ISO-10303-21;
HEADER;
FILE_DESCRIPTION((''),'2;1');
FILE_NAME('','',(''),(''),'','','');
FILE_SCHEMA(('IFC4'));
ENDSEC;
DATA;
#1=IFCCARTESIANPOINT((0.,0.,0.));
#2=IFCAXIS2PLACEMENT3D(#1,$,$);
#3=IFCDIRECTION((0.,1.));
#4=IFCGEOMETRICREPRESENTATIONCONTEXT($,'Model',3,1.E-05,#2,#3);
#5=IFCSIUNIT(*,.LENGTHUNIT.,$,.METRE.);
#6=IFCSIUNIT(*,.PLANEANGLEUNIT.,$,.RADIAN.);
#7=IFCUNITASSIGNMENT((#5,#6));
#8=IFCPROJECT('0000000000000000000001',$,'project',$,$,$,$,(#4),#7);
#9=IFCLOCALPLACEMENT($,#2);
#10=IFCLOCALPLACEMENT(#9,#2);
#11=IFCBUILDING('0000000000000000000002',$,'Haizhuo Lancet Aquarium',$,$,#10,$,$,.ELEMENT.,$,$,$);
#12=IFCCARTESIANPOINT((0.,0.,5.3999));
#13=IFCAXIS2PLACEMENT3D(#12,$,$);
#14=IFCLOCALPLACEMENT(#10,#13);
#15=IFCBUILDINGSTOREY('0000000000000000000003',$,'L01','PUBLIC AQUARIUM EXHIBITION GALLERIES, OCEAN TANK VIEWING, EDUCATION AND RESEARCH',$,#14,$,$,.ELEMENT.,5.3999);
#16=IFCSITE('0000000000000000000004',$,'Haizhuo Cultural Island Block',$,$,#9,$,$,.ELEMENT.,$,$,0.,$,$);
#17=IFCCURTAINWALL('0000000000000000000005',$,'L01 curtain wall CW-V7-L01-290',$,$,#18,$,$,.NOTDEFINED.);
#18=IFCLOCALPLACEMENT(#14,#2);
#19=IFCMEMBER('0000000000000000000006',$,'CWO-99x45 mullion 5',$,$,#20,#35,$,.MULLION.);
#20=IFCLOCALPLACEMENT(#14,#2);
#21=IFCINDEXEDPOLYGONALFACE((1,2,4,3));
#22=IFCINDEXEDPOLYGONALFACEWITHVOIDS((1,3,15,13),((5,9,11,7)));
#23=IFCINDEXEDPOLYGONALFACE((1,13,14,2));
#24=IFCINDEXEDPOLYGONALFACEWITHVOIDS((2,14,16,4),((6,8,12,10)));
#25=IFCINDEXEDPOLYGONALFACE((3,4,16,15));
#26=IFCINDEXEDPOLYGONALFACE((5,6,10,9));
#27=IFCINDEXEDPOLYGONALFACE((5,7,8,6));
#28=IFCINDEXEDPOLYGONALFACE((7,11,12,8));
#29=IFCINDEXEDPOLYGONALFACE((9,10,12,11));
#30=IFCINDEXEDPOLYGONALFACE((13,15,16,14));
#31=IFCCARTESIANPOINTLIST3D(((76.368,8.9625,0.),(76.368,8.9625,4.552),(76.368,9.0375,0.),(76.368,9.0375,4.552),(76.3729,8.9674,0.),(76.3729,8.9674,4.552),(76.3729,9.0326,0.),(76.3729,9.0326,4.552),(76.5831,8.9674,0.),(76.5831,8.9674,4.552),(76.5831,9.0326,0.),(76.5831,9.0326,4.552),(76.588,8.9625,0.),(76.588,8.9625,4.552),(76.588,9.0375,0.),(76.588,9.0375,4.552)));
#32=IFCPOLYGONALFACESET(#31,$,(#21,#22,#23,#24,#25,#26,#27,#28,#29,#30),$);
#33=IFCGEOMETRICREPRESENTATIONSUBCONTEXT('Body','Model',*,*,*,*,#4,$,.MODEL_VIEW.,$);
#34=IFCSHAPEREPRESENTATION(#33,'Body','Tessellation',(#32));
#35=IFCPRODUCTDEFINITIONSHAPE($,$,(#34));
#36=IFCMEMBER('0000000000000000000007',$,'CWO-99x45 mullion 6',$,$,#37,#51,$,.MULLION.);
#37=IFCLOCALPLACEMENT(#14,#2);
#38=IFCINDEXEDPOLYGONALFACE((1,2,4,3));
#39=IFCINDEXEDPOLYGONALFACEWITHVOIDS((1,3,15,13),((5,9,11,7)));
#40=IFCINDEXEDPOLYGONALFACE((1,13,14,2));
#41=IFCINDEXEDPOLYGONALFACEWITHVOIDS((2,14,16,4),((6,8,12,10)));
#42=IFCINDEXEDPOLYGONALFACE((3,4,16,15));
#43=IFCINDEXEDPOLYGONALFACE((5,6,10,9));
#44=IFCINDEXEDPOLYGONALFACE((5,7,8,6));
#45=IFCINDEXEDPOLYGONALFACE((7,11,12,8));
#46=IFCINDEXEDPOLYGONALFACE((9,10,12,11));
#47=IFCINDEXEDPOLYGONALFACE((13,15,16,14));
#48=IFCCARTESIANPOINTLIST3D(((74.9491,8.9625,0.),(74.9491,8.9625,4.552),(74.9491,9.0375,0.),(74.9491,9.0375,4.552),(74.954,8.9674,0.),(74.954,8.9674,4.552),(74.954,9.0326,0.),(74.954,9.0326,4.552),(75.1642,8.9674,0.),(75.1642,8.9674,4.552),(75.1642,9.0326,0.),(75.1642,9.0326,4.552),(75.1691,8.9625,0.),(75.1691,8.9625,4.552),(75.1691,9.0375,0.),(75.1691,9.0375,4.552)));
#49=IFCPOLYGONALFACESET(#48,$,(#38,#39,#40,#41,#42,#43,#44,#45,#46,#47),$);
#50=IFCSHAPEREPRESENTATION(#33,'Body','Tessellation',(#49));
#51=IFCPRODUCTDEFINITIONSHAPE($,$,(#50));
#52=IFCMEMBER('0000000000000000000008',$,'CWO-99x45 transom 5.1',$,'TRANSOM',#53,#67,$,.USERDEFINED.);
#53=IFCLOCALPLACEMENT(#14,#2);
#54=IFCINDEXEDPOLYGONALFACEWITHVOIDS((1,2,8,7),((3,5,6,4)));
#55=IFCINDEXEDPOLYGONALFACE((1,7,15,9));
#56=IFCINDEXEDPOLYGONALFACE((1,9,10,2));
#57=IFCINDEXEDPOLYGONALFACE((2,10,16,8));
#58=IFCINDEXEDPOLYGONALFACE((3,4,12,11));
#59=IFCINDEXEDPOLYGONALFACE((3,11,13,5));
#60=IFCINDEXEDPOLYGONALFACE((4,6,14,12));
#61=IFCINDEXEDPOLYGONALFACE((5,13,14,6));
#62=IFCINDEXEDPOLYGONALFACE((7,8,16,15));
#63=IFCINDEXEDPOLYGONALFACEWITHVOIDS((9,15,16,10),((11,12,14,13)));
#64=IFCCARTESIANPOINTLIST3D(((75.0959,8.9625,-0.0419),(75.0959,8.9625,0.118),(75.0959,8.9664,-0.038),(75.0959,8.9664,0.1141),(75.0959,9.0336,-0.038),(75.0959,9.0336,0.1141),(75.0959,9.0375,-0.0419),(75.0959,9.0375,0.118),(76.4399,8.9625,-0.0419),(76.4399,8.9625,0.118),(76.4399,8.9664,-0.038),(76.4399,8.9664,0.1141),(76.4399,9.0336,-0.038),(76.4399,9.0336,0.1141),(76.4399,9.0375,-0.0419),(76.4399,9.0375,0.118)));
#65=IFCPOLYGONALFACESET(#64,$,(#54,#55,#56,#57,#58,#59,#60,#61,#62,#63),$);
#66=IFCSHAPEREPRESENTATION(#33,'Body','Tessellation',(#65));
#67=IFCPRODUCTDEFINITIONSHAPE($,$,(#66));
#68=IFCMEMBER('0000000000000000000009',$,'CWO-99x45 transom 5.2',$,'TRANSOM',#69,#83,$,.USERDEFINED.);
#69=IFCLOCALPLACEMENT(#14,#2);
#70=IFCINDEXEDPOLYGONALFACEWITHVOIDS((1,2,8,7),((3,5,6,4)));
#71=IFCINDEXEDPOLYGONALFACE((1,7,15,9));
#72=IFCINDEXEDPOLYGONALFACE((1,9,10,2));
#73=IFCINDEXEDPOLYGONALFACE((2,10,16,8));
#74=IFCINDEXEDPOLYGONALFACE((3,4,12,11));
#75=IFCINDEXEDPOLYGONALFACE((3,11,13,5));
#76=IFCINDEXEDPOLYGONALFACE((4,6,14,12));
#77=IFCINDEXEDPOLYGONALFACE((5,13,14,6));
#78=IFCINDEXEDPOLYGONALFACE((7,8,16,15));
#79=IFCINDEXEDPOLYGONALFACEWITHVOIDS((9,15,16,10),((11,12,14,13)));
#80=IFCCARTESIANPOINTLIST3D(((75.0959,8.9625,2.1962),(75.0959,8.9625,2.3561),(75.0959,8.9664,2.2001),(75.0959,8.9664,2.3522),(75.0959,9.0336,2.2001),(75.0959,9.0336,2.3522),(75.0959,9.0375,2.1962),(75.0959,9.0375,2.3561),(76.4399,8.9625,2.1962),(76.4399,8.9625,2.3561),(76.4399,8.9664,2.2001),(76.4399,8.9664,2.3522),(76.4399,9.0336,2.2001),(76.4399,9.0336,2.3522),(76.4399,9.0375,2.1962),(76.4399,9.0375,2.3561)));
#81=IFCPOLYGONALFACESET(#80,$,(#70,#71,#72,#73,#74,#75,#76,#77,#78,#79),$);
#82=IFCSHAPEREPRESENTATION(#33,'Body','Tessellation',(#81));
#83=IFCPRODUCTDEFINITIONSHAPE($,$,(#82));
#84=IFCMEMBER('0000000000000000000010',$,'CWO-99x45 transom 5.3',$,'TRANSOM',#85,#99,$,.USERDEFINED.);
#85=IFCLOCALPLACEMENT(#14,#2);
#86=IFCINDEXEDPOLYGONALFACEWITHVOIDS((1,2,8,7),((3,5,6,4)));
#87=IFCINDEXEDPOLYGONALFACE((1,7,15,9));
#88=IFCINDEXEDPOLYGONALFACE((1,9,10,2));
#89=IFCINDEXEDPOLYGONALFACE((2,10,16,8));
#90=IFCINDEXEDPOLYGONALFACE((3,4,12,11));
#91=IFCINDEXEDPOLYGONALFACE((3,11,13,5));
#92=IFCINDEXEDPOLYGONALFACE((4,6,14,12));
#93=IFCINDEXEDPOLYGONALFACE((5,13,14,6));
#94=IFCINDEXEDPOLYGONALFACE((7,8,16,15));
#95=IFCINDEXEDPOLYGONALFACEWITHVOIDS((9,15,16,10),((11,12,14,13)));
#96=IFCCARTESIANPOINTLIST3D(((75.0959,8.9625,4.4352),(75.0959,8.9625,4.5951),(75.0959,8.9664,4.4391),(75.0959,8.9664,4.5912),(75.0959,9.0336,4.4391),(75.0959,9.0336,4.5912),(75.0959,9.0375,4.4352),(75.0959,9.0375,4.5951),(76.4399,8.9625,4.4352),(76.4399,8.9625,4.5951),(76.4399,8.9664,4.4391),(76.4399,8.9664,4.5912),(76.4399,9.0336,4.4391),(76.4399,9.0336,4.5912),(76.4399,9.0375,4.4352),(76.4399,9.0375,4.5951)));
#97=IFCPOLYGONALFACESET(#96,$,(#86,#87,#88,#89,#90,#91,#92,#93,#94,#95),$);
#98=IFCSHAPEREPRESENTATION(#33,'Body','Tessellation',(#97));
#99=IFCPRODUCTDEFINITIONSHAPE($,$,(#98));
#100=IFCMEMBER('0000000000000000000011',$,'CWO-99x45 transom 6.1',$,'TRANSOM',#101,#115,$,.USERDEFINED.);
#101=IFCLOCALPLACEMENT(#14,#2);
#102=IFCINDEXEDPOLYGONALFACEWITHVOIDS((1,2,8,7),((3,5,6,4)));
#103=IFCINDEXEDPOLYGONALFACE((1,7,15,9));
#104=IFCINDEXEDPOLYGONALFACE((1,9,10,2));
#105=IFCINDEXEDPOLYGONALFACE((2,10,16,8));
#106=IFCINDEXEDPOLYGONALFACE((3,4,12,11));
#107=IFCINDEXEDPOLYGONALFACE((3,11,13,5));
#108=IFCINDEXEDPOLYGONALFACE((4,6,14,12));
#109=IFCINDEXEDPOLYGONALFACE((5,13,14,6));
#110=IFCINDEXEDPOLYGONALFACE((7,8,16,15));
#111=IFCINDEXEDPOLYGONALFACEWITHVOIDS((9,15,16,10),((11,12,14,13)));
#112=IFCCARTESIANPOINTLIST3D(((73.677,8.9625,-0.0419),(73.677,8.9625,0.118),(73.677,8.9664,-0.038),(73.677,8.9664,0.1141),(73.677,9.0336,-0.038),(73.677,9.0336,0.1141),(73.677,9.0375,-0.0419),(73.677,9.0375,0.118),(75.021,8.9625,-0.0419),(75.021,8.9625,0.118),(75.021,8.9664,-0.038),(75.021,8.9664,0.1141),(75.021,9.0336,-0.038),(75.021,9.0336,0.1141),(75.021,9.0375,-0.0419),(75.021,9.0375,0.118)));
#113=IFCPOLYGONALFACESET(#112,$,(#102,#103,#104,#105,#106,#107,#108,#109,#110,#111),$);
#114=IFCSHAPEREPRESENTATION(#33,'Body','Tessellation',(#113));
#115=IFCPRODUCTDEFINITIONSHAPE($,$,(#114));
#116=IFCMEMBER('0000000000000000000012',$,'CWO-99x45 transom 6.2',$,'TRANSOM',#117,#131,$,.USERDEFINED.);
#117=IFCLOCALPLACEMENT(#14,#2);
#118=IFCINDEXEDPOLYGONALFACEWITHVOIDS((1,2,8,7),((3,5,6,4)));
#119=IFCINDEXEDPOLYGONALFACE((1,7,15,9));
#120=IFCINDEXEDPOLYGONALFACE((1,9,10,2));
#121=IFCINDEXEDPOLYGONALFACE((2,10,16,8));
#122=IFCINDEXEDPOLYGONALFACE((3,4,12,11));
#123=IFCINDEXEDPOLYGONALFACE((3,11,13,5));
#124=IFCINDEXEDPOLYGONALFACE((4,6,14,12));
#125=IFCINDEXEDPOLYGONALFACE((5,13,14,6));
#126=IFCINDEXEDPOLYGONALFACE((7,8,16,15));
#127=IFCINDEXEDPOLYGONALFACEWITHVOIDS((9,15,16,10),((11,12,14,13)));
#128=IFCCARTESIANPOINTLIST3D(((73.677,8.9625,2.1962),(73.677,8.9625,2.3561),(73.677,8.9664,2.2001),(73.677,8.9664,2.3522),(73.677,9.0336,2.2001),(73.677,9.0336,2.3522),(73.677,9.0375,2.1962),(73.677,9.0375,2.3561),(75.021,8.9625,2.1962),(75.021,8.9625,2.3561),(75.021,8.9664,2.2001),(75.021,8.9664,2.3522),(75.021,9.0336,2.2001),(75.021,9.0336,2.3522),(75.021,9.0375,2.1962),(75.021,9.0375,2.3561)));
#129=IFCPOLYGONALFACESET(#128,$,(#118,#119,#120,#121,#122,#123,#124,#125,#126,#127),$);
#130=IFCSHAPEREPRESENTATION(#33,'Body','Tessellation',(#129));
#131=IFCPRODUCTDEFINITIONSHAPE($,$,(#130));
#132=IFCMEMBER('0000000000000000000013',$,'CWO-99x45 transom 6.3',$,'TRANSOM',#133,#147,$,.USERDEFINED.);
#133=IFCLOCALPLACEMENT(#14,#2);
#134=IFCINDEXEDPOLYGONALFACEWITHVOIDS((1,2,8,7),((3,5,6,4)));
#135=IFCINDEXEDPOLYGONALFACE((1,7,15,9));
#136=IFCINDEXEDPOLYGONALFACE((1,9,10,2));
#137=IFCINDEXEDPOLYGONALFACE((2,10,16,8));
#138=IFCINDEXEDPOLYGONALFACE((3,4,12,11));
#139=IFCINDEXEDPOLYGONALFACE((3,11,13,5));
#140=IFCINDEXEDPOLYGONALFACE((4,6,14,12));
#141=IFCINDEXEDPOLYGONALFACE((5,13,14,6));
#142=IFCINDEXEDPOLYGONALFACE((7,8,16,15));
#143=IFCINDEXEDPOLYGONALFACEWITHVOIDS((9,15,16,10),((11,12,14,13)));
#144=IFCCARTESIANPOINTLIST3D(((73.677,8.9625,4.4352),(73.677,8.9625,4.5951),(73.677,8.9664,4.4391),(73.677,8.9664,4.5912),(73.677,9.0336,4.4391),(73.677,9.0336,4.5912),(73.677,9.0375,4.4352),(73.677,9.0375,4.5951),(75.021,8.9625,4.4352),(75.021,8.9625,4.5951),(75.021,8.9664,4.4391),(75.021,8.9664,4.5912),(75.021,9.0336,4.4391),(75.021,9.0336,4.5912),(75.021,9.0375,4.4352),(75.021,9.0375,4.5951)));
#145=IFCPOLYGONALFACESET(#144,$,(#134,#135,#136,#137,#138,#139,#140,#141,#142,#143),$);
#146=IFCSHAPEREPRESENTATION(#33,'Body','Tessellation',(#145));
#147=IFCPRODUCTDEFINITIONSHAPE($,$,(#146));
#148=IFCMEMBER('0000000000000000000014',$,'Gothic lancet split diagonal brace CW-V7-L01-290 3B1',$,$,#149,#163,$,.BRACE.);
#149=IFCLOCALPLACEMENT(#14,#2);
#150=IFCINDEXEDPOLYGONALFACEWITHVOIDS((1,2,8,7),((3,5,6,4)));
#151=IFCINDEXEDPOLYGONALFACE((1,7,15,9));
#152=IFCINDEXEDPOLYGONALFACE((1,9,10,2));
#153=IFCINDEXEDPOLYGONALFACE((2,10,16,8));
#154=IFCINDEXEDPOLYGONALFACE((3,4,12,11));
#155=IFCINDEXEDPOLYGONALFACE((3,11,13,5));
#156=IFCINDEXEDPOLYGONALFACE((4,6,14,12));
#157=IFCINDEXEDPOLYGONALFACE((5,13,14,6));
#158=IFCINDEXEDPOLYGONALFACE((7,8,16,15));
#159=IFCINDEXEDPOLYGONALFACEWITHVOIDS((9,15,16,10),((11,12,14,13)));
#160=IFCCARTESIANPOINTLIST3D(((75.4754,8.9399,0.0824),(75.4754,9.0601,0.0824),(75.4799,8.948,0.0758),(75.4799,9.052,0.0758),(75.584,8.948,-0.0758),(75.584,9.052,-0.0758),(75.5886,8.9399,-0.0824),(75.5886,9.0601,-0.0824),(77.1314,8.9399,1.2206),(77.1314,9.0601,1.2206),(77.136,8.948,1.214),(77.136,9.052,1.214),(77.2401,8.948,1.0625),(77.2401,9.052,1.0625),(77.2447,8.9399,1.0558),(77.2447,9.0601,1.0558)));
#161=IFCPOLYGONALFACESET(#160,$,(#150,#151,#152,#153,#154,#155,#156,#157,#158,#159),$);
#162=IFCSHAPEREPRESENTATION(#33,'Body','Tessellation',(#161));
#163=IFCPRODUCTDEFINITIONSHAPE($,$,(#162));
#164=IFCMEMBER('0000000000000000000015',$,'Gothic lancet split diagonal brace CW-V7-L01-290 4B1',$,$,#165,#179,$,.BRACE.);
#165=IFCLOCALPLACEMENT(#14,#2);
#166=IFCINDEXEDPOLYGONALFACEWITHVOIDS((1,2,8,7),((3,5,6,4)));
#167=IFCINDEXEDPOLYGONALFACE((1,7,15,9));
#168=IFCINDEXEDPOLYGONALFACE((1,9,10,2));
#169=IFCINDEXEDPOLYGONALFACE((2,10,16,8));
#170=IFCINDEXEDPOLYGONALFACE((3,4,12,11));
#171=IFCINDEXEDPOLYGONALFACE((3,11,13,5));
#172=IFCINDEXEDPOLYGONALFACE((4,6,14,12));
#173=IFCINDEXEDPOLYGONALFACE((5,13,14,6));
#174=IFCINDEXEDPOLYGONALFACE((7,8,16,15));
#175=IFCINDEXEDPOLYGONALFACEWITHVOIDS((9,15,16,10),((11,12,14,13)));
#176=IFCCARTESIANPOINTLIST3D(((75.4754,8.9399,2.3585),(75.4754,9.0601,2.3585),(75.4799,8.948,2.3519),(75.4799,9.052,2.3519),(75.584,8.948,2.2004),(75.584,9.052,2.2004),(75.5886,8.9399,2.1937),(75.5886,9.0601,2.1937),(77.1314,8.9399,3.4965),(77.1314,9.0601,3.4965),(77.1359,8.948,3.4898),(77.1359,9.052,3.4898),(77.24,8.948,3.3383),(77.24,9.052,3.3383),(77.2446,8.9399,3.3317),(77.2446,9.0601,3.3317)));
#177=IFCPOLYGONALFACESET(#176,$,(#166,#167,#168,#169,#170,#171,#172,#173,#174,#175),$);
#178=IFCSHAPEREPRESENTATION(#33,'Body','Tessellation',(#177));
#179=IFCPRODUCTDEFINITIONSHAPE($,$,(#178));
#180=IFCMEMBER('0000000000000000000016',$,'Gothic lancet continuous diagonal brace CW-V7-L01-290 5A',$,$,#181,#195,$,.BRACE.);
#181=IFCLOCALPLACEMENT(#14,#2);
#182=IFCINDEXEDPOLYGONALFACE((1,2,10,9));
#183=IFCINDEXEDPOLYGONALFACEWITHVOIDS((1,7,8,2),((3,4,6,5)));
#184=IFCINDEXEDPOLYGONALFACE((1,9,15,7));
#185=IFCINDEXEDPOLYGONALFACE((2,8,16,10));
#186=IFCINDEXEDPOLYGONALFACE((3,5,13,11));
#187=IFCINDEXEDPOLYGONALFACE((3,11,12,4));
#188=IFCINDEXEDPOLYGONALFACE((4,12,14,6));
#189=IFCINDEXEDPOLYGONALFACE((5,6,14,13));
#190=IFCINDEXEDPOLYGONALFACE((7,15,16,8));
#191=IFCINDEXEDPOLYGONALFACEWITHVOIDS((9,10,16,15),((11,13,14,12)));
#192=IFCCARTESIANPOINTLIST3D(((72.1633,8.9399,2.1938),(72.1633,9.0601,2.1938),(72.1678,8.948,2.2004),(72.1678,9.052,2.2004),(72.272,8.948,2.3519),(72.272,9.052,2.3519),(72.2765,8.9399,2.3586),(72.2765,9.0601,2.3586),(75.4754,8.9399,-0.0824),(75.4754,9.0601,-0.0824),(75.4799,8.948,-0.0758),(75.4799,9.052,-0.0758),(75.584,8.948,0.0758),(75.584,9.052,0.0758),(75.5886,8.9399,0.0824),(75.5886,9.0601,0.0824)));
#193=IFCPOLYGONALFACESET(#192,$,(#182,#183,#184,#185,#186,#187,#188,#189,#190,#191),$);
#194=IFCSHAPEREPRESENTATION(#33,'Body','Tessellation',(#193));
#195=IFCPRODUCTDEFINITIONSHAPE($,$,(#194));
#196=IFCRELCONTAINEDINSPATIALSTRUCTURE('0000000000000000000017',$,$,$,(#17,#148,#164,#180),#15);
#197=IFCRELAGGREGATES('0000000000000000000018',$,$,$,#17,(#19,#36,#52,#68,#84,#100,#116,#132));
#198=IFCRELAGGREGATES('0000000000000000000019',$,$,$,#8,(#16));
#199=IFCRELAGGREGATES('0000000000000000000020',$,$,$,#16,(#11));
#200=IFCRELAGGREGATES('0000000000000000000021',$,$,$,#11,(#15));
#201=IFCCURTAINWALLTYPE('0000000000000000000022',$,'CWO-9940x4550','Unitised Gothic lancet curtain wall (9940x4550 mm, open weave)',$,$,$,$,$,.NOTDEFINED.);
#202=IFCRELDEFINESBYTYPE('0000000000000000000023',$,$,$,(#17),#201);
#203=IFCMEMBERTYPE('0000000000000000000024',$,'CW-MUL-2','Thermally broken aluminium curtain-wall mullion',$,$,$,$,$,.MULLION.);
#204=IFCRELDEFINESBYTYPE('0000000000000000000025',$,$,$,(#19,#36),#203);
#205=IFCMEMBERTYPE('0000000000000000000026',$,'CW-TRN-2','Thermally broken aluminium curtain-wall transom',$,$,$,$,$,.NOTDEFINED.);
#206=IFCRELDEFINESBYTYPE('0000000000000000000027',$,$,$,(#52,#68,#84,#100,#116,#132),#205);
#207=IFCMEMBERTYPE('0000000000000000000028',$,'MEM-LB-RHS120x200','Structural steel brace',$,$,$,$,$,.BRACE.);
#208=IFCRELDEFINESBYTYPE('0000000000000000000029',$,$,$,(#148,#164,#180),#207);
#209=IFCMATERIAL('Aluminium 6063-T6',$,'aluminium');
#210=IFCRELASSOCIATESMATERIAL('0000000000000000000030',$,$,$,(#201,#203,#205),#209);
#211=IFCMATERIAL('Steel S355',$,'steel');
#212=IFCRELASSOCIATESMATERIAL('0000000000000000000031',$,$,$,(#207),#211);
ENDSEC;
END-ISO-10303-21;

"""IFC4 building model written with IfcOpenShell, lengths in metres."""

from ifc_helpers import new_model, si_unit, direction, frame, origin, origin_2d, place, context, subcontext, project, spatial, hollow_rectangle, extrude, material, material_profile, profile_set, type_object, element, aggregate, save


model = new_model("IFC4")

# Units and contexts
model_context = context("Model", 3, precision=1e-05, world=origin(), true_north=direction((0.0, 1.0)))
body_context = subcontext(model_context, "Body", "Model", "MODEL_VIEW")
ifc_project = project(units=[si_unit("LENGTHUNIT", "METRE"), si_unit("PLANEANGLEUNIT", "RADIAN")], contexts=[model_context])

# Site, building, storey
site_placement = place(None, origin())
site = spatial("IfcSite", under=ifc_project, at=site_placement, Name="Haizhuo Cultural Island Block", CompositionType="ELEMENT", RefElevation=0.0)
building_placement = place(site_placement, origin())
building = spatial("IfcBuilding", under=site, at=building_placement, Name="Haizhuo Lancet Aquarium", CompositionType="ELEMENT")
storey_placement = place(building_placement, frame((0.0, 0.0, 5.3999)))
storey = spatial("IfcBuildingStorey", under=building, at=storey_placement, Name="L01", Description="PUBLIC AQUARIUM EXHIBITION GALLERIES, OCEAN TANK VIEWING, EDUCATION AND RESEARCH", CompositionType="ELEMENT", Elevation=5.3999)

# Curtain wall, members
ifc_material_1 = material(Name="Aluminium 6063-T6", Category="aluminium")
curtain_wall_type_1 = type_object("IfcCurtainWallType", Name="CWO-9940x4550", Description="Unitised Gothic lancet curtain wall (9940x4550 mm, open weave)", PredefinedType="NOTDEFINED", material=ifc_material_1)
curtain_wall_1_placement = place(storey_placement, origin())
curtain_wall_1 = element("IfcCurtainWall", 1, at=curtain_wall_1_placement, inside=storey, type_object=curtain_wall_type_1, Name="L01 curtain wall CW-V7-L01-290", PredefinedType="NOTDEFINED")
ifc_material_profile_1 = material_profile(ifc_material_1, hollow_rectangle(XDim=0.075, YDim=0.22, WallThickness=0.0049, at=origin_2d()), Name="ALU-M 75x220x5")
ifc_profile_set_1 = profile_set([ifc_material_profile_1], Name="Aluminium 6063-T6")
member_type_1 = type_object("IfcMemberType", Name="CW-MUL-2", Description="Thermally broken aluminium curtain-wall mullion", PredefinedType="MULLION", material=ifc_profile_set_1)
member_1_placement = place(storey_placement, frame((76.478, 9.0, 0.0), z_axis=(0.0, 0.0, 1.0), x_axis=(0.0, -1.0, 0.0)))
member_1 = element("IfcMember", 2, at=member_1_placement, type_object=member_type_1, Name="CWO-99x45 mullion 5", PredefinedType="MULLION", context=body_context, shape_type="SweptSolid", body=[
    extrude(hollow_rectangle(XDim=0.075, YDim=0.22, WallThickness=0.0049, at=origin_2d()), origin(), (0.0, 0.0, 1.0), 4.552),
])
member_2_placement = place(storey_placement, frame((75.0591, 9.0, 0.0), z_axis=(0.0, 0.0, 1.0), x_axis=(0.0, -1.0, 0.0)))
member_2 = element("IfcMember", 3, at=member_2_placement, type_object=member_type_1, Name="CWO-99x45 mullion 6", PredefinedType="MULLION", context=body_context, shape_type="SweptSolid", body=[
    extrude(hollow_rectangle(XDim=0.075, YDim=0.22, WallThickness=0.0049, at=origin_2d()), origin(), (0.0, 0.0, 1.0), 4.552),
])
ifc_material_profile_2 = material_profile(ifc_material_1, hollow_rectangle(XDim=0.075, YDim=0.1599, WallThickness=0.0039, at=origin_2d()), Name="ALU-T 75x160x4")
ifc_profile_set_2 = profile_set([ifc_material_profile_2], Name="Aluminium 6063-T6")
member_type_2 = type_object("IfcMemberType", Name="CW-TRN-2", Description="Thermally broken aluminium curtain-wall transom", PredefinedType="NOTDEFINED", material=ifc_profile_set_2)
member_3_placement = place(storey_placement, frame((76.4399, 9.0, 0.0381), z_axis=(-1.0, 0.0, 0.0), x_axis=(0.0, -1.0, 0.0)))
member_3 = element("IfcMember", 4, at=member_3_placement, type_object=member_type_2, Name="CWO-99x45 transom 5.1", ObjectType="TRANSOM", PredefinedType="USERDEFINED", context=body_context, shape_type="SweptSolid", body=[
    extrude(hollow_rectangle(XDim=0.075, YDim=0.1599, WallThickness=0.0039, at=origin_2d()), origin(), (0.0, 0.0, 1.0), 1.344),
])
member_4_placement = place(storey_placement, frame((76.4399, 9.0, 2.2761), z_axis=(-1.0, 0.0, 0.0), x_axis=(0.0, -1.0, 0.0)))
member_4 = element("IfcMember", 5, at=member_4_placement, type_object=member_type_2, Name="CWO-99x45 transom 5.2", ObjectType="TRANSOM", PredefinedType="USERDEFINED", context=body_context, shape_type="SweptSolid", body=[
    extrude(hollow_rectangle(XDim=0.075, YDim=0.1599, WallThickness=0.0039, at=origin_2d()), origin(), (0.0, 0.0, 1.0), 1.344),
])
member_5_placement = place(storey_placement, frame((76.4399, 9.0, 4.5151), z_axis=(-1.0, 0.0, 0.0), x_axis=(0.0, -1.0, 0.0)))
member_5 = element("IfcMember", 6, at=member_5_placement, type_object=member_type_2, Name="CWO-99x45 transom 5.3", ObjectType="TRANSOM", PredefinedType="USERDEFINED", context=body_context, shape_type="SweptSolid", body=[
    extrude(hollow_rectangle(XDim=0.075, YDim=0.1599, WallThickness=0.0039, at=origin_2d()), origin(), (0.0, 0.0, 1.0), 1.344),
])
member_6_placement = place(storey_placement, frame((75.021, 9.0, 0.0381), z_axis=(-1.0, 0.0, 0.0), x_axis=(0.0, -1.0, 0.0)))
member_6 = element("IfcMember", 7, at=member_6_placement, type_object=member_type_2, Name="CWO-99x45 transom 6.1", ObjectType="TRANSOM", PredefinedType="USERDEFINED", context=body_context, shape_type="SweptSolid", body=[
    extrude(hollow_rectangle(XDim=0.075, YDim=0.1599, WallThickness=0.0039, at=origin_2d()), origin(), (0.0, 0.0, 1.0), 1.344),
])
member_7_placement = place(storey_placement, frame((75.021, 9.0, 2.2761), z_axis=(-1.0, 0.0, 0.0), x_axis=(0.0, -1.0, 0.0)))
member_7 = element("IfcMember", 8, at=member_7_placement, type_object=member_type_2, Name="CWO-99x45 transom 6.2", ObjectType="TRANSOM", PredefinedType="USERDEFINED", context=body_context, shape_type="SweptSolid", body=[
    extrude(hollow_rectangle(XDim=0.075, YDim=0.1599, WallThickness=0.0039, at=origin_2d()), origin(), (0.0, 0.0, 1.0), 1.344),
])
member_8_placement = place(storey_placement, frame((75.021, 9.0, 4.5151), z_axis=(-1.0, 0.0, 0.0), x_axis=(0.0, -1.0, 0.0)))
member_8 = element("IfcMember", 9, at=member_8_placement, type_object=member_type_2, Name="CWO-99x45 transom 6.3", ObjectType="TRANSOM", PredefinedType="USERDEFINED", context=body_context, shape_type="SweptSolid", body=[
    extrude(hollow_rectangle(XDim=0.075, YDim=0.1599, WallThickness=0.0039, at=origin_2d()), origin(), (0.0, 0.0, 1.0), 1.344),
])

# Members
ifc_material_2 = material(Name="Steel S355", Category="steel")
ifc_material_profile_3 = material_profile(ifc_material_2, hollow_rectangle(XDim=0.1201, YDim=0.2, WallThickness=0.0081, at=origin_2d()), Name="RHS 120x200x8")
ifc_profile_set_3 = profile_set([ifc_material_profile_3], Name="Steel S355")
member_type_3 = type_object("IfcMemberType", Name="MEM-LB-RHS120x200", Description="Structural steel brace", PredefinedType="BRACE", material=ifc_profile_set_3)
member_9_placement = place(storey_placement, frame((75.532, 9.0, 0.0), z_axis=(0.824116, 0.0, 0.566421), x_axis=(0.0, 1.0, 0.0)))
element("IfcMember", 10, at=member_9_placement, inside=storey, type_object=member_type_3, Name="Gothic lancet split diagonal brace CW-V7-L01-290 3B1", PredefinedType="BRACE", context=body_context, shape_type="SweptSolid", body=[
    extrude(hollow_rectangle(XDim=0.1201, YDim=0.2, WallThickness=0.0081, at=origin_2d()), origin(), (0.0, 0.0, 1.0), 2.0095),
])
member_10_placement = place(storey_placement, frame((75.532, 9.0, 2.2761), z_axis=(0.824173, 0.0, 0.566338), x_axis=(0.0, 1.0, 0.0)))
element("IfcMember", 11, at=member_10_placement, inside=storey, type_object=member_type_3, Name="Gothic lancet split diagonal brace CW-V7-L01-290 4B1", PredefinedType="BRACE", context=body_context, shape_type="SweptSolid", body=[
    extrude(hollow_rectangle(XDim=0.1201, YDim=0.2, WallThickness=0.0081, at=origin_2d()), origin(), (0.0, 0.0, 1.0), 2.0093),
])
member_11_placement = place(storey_placement, frame((75.532, 9.0, 0.0), z_axis=(-0.824145, 0.0, 0.566379), x_axis=(0.0, -1.0, 0.0)))
element("IfcMember", 12, at=member_11_placement, inside=storey, type_object=member_type_3, Name="Gothic lancet continuous diagonal brace CW-V7-L01-290 5A", PredefinedType="BRACE", context=body_context, shape_type="SweptSolid", body=[
    extrude(hollow_rectangle(XDim=0.1201, YDim=0.2, WallThickness=0.0081, at=origin_2d()), origin(), (0.0, 0.0, 1.0), 4.0188),
])

aggregate(curtain_wall_1, [member_1, member_2, member_3, member_4, member_5, member_6, member_7, member_8])

save(model, "model.ifc")
